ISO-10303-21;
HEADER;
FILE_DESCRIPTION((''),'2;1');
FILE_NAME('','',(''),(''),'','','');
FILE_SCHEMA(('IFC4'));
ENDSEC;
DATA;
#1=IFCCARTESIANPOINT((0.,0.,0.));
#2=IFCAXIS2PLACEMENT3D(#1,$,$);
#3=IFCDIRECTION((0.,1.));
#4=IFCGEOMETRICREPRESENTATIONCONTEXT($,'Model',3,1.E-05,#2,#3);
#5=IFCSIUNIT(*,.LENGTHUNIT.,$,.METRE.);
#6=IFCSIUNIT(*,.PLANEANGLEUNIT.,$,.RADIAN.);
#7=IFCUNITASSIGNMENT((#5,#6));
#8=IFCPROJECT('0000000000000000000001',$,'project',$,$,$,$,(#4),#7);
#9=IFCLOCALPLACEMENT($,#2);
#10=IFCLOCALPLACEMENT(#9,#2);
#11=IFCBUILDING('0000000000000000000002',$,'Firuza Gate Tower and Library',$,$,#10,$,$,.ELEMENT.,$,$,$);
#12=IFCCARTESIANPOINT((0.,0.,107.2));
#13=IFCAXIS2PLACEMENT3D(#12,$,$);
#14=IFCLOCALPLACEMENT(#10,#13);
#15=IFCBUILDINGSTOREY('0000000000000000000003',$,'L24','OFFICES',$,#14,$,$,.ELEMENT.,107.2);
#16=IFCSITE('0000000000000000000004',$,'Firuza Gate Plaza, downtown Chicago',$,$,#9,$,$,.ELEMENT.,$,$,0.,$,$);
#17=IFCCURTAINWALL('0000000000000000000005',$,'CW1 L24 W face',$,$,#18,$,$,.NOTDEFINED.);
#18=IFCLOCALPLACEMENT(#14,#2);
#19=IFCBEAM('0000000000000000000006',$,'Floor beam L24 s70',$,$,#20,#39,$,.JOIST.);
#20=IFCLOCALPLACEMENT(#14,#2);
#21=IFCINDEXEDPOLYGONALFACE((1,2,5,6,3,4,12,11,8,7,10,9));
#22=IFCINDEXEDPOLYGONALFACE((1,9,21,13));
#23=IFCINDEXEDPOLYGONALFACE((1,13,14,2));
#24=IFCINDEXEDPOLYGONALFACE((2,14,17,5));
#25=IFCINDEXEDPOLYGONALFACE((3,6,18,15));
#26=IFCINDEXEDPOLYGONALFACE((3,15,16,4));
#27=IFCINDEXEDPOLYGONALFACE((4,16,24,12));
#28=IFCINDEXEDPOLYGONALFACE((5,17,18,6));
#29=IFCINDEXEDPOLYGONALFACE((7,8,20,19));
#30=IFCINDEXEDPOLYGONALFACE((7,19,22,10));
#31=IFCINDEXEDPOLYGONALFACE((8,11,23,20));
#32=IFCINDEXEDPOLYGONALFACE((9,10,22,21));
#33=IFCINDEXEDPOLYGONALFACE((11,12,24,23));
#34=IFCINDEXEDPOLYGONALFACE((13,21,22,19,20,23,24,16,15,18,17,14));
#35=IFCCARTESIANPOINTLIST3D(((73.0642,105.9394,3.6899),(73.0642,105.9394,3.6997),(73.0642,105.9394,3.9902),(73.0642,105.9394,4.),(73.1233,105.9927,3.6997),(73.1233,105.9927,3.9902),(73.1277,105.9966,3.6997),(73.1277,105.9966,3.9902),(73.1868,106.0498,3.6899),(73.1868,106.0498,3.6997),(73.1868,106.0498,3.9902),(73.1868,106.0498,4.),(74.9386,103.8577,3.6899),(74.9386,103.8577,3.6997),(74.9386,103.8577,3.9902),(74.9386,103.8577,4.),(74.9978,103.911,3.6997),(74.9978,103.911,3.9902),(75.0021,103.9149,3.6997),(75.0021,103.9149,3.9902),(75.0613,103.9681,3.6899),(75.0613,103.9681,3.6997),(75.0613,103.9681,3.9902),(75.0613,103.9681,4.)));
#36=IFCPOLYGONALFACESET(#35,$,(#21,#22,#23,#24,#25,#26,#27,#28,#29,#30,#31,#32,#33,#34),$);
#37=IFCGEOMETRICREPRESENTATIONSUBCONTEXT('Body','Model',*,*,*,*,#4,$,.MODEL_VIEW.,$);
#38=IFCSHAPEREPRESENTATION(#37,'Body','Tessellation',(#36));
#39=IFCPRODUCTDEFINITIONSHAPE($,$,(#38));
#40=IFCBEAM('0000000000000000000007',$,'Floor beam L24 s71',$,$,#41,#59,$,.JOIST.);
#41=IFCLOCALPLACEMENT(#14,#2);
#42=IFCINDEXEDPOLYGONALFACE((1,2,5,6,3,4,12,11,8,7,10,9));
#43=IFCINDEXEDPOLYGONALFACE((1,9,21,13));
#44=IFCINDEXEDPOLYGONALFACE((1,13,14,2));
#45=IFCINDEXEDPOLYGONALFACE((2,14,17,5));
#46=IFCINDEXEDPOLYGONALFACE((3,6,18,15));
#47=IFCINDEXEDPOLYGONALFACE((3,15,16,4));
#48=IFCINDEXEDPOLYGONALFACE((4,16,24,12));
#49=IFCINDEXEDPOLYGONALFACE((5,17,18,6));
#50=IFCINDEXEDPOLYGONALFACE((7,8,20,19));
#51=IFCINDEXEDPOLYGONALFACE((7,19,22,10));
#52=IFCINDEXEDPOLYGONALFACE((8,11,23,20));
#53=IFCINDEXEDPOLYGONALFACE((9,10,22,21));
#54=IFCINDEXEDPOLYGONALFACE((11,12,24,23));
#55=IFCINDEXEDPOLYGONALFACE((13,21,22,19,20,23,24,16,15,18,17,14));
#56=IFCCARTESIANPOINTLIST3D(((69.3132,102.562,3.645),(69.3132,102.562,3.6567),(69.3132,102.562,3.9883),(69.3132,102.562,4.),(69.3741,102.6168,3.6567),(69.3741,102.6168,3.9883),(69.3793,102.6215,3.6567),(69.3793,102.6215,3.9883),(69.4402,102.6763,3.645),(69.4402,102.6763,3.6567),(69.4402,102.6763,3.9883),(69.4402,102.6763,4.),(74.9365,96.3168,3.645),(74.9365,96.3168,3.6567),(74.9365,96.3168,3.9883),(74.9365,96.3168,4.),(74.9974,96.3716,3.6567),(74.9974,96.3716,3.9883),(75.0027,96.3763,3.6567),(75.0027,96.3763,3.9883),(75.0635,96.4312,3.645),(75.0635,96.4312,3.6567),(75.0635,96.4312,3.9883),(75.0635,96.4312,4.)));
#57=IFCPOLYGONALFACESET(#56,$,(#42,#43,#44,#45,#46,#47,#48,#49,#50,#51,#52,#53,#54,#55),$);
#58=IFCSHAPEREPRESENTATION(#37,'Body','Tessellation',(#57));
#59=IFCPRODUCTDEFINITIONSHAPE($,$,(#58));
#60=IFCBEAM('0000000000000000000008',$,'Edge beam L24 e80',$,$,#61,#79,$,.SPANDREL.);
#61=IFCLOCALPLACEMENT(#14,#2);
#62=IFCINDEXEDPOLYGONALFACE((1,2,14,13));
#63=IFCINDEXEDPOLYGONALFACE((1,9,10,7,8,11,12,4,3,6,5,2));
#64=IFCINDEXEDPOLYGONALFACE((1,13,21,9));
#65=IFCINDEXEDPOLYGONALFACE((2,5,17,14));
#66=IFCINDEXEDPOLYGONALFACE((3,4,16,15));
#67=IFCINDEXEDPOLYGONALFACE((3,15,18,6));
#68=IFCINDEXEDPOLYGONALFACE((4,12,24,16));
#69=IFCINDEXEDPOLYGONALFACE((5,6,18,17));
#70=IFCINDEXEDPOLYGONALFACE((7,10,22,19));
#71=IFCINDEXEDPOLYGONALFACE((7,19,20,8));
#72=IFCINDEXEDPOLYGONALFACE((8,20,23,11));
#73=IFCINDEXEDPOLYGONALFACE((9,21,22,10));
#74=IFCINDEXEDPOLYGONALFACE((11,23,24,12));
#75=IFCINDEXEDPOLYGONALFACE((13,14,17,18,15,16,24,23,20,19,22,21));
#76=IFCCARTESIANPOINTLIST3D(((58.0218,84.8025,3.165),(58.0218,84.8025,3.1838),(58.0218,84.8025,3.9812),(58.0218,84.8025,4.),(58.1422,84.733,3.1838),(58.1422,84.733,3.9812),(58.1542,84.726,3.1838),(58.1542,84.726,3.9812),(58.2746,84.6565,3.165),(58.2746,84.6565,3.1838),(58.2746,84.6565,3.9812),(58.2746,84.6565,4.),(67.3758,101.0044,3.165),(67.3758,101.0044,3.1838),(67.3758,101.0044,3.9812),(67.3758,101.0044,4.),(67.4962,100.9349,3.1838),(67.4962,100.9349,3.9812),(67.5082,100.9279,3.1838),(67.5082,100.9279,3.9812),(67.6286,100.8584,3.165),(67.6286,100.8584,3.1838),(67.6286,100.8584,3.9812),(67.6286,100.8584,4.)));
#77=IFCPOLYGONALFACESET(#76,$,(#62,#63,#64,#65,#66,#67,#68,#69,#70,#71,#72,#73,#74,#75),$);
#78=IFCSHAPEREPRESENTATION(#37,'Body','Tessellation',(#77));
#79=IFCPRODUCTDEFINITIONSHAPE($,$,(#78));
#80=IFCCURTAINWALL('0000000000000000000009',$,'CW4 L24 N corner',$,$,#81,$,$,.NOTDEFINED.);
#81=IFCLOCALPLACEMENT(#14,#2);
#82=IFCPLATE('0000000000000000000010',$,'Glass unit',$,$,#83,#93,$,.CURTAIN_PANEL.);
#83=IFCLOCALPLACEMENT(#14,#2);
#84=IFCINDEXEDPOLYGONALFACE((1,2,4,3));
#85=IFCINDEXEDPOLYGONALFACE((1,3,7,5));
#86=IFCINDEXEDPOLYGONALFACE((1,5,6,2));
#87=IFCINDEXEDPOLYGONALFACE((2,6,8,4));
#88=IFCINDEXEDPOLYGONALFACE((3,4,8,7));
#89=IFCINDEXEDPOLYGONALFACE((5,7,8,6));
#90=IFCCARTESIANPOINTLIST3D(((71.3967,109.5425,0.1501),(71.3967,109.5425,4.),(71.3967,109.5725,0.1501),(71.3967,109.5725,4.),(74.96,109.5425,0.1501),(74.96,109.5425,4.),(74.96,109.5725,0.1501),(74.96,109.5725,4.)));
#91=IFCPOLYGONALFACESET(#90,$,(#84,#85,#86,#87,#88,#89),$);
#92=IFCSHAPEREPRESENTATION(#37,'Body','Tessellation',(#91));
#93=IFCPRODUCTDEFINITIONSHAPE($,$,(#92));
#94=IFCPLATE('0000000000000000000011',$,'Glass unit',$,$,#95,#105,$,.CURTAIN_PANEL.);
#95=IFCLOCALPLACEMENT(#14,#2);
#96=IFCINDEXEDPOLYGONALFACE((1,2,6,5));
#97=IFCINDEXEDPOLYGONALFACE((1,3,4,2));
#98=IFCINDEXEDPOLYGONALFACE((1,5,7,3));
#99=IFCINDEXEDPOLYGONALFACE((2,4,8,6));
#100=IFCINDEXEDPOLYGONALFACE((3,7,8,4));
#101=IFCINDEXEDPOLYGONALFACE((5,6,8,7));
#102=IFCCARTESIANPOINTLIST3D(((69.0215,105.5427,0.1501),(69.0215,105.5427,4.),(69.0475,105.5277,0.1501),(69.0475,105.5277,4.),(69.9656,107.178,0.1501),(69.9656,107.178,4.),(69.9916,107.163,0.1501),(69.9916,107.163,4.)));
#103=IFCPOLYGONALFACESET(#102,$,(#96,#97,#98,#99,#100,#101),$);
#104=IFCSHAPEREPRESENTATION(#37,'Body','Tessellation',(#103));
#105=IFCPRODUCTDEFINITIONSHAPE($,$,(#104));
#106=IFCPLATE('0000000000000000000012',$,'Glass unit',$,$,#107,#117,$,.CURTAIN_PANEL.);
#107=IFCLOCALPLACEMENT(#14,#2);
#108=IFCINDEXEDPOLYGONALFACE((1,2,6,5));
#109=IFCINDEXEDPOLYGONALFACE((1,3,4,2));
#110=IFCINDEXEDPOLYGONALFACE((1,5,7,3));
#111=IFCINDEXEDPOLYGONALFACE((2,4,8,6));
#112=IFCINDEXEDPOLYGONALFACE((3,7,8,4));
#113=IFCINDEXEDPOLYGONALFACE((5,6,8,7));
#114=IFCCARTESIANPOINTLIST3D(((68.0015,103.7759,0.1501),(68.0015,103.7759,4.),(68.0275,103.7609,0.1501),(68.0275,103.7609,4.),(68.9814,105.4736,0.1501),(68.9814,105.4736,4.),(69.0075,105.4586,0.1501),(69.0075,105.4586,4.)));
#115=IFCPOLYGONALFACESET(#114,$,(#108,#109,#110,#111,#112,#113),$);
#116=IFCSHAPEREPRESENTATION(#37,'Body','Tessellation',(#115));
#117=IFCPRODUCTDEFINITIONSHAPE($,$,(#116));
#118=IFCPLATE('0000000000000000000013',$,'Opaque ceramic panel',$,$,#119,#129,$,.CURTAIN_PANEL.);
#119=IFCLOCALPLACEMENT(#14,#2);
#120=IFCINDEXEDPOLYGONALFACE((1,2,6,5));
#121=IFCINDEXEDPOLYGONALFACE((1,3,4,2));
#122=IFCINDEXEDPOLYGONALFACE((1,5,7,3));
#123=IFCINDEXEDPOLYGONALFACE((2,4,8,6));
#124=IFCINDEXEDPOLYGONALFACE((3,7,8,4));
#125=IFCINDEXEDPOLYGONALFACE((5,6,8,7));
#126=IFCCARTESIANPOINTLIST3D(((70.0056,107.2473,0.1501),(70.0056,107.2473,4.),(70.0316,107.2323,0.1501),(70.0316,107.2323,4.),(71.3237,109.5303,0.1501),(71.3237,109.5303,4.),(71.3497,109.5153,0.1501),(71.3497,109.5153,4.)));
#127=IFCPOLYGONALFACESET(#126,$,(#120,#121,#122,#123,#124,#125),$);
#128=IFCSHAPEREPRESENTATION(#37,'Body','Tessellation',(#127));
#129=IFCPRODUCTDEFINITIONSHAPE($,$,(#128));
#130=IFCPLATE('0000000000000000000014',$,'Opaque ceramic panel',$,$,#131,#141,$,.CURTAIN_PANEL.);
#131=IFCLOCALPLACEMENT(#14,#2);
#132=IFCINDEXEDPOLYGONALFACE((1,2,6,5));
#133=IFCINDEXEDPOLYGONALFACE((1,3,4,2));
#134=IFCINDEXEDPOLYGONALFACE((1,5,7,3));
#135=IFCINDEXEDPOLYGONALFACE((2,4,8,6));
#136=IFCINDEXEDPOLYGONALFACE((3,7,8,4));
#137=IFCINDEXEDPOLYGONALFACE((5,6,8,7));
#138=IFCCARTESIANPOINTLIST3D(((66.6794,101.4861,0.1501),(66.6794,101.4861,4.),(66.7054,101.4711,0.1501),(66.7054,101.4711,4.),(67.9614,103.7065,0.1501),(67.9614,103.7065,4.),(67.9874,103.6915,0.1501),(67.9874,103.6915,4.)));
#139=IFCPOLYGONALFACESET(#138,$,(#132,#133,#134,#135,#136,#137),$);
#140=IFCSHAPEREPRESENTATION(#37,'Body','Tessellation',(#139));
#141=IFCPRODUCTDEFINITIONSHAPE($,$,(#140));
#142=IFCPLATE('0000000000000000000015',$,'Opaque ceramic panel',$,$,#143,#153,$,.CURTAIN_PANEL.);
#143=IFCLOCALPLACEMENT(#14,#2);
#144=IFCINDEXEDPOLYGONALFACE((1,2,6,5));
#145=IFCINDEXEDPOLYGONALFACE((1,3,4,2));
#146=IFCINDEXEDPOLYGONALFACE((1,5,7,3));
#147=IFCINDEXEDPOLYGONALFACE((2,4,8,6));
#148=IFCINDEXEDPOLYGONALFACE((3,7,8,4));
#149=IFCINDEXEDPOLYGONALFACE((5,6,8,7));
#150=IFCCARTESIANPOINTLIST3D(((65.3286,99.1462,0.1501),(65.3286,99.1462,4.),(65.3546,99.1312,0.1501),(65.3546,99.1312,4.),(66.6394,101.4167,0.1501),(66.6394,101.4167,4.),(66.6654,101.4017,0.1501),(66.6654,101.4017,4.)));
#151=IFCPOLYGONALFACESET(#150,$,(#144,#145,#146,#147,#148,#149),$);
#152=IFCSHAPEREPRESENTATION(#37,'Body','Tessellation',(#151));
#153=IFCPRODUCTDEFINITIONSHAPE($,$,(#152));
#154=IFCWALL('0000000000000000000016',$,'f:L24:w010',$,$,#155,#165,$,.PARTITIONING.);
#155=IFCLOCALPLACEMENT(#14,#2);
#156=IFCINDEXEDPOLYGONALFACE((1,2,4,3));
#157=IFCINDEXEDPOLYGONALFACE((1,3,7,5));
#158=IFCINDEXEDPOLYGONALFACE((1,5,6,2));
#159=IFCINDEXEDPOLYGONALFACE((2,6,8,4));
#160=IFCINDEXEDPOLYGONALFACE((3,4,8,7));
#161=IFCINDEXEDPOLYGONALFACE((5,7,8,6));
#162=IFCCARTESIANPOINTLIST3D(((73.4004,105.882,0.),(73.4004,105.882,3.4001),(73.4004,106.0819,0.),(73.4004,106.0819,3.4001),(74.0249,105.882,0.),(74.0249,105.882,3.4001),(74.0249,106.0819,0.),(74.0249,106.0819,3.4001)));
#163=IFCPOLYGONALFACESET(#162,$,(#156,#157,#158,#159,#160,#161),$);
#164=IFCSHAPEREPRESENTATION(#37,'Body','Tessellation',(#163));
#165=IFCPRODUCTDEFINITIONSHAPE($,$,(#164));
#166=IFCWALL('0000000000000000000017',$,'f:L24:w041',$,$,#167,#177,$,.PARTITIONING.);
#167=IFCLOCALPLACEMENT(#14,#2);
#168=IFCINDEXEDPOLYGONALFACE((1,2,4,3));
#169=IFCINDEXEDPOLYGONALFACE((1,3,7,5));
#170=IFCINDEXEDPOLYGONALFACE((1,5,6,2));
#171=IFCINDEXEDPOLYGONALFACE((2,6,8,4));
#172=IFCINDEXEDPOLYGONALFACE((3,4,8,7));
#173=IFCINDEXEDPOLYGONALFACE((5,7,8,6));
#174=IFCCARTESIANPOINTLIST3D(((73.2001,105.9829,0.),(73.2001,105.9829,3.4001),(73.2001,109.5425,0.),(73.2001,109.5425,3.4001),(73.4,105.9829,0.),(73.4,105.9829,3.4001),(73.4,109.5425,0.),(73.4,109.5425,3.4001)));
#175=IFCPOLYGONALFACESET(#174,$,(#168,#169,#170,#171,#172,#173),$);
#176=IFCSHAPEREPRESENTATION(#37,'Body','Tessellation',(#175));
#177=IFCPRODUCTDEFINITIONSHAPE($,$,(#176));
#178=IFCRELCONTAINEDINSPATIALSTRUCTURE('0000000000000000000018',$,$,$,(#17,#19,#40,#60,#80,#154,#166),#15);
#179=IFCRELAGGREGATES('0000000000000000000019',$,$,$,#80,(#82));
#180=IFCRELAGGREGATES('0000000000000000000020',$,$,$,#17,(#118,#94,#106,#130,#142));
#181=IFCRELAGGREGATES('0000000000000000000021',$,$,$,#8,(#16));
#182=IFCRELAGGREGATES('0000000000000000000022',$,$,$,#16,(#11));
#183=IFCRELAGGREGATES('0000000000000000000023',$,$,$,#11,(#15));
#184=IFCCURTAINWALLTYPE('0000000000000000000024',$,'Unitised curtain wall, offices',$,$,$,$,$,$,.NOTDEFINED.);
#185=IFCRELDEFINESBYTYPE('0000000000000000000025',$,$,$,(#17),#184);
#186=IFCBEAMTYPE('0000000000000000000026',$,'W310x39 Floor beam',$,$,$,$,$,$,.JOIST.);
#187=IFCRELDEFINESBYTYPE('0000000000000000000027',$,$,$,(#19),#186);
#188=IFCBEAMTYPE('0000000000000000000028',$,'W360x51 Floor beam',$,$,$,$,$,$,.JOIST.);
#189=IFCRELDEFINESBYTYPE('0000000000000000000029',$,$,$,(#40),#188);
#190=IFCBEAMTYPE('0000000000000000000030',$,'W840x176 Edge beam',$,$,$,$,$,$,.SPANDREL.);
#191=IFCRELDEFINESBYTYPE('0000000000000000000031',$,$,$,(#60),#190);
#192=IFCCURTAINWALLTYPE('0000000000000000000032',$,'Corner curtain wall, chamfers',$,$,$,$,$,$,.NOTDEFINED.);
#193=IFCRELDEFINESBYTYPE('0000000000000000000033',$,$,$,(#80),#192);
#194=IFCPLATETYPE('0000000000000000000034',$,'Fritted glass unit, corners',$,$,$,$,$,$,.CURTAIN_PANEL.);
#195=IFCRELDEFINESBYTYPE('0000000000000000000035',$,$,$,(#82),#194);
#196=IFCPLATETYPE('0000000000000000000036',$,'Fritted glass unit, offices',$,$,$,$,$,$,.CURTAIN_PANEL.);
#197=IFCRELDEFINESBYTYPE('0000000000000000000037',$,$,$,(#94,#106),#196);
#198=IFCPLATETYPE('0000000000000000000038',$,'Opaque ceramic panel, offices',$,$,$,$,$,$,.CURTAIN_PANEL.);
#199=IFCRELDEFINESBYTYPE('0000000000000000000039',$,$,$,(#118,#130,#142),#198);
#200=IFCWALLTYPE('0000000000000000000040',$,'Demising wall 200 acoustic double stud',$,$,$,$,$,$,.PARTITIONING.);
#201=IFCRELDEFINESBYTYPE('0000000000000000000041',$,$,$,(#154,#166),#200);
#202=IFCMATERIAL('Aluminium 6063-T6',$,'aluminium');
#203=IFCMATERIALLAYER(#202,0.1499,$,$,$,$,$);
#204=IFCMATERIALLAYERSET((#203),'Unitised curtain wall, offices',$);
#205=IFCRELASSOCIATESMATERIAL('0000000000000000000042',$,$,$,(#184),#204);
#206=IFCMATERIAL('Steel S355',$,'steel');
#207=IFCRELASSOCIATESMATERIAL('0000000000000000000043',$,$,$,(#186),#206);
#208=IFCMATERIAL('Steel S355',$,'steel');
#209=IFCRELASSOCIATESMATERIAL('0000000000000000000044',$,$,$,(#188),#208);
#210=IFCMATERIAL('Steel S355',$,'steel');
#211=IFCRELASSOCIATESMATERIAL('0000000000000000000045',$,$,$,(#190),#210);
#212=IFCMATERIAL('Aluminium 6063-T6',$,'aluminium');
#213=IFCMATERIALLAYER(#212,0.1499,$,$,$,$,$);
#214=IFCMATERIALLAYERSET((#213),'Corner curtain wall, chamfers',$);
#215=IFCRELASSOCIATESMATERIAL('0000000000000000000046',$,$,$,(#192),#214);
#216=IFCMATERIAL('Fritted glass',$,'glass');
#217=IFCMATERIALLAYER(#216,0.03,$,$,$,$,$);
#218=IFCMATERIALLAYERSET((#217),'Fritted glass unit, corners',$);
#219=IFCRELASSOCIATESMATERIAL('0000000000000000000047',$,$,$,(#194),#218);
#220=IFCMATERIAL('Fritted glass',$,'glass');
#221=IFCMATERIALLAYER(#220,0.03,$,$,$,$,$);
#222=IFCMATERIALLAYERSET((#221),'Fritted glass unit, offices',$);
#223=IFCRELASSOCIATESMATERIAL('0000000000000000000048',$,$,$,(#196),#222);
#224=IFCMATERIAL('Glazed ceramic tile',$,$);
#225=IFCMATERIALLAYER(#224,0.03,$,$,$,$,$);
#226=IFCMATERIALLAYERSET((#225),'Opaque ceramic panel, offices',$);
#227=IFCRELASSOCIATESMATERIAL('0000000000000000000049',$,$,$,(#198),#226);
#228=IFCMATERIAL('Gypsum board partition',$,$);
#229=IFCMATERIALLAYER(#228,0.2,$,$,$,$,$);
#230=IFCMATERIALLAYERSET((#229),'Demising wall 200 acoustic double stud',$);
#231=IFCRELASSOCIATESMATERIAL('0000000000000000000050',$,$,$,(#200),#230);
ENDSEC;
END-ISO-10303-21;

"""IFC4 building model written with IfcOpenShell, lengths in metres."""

from ifc_helpers import new_model, si_unit, direction, frame, frame_2d, origin, origin_2d, place, context, subcontext, project, spatial, polyline, rectangle, i_section, outline, extrude, material, layer, layer_set, material_profile, profile_set, type_object, element, aggregate, save


model = new_model("IFC4")

# Units and contexts
model_context = context("Model", 3, precision=1e-05, world=origin(), true_north=direction((0.0, 1.0)))
body_context = subcontext(model_context, "Body", "Model", "MODEL_VIEW")
ifc_project = project(units=[si_unit("LENGTHUNIT", "METRE"), si_unit("PLANEANGLEUNIT", "RADIAN")], contexts=[model_context])

# Site, building, storey
site_placement = place(None, origin())
site = spatial("IfcSite", under=ifc_project, at=site_placement, Name="Firuza Gate Plaza, downtown Chicago", CompositionType="ELEMENT", RefElevation=0.0)
building_placement = place(site_placement, origin())
building = spatial("IfcBuilding", under=site, at=building_placement, Name="Firuza Gate Tower and Library", CompositionType="ELEMENT")
storey_placement = place(building_placement, frame((0.0, 0.0, 107.2)))
storey = spatial("IfcBuildingStorey", under=building, at=storey_placement, Name="L24", Description="OFFICES", CompositionType="ELEMENT", Elevation=107.2)

# Curtain wall
ifc_material_1 = material(Name="Aluminium 6063-T6", Category="aluminium")
ifc_layer_1 = layer(ifc_material_1, 0.1499)
ifc_layer_set_1 = layer_set([ifc_layer_1], Name="Unitised curtain wall, offices")
curtain_wall_type_1 = type_object("IfcCurtainWallType", Name="Unitised curtain wall, offices", PredefinedType="NOTDEFINED", material=ifc_layer_set_1)
placement = place(storey_placement, origin())
curtain_wall_1 = element("IfcCurtainWall", 1, at=placement, inside=storey, type_object=curtain_wall_type_1, Name="CW1 L24 W face", PredefinedType="NOTDEFINED")

# Beams
ifc_material_2 = material(Name="Steel S355", Category="steel")
ifc_material_profile_1 = material_profile(ifc_material_2, i_section(OverallWidth=0.165, OverallDepth=0.3101, WebThickness=0.0059, FlangeThickness=0.0098, at=origin_2d()))
ifc_profile_set_1 = profile_set([ifc_material_profile_1], Name="Steel S355")
beam_type_1 = type_object("IfcBeamType", Name="W310x39 Floor beam", PredefinedType="JOIST", material=ifc_profile_set_1)
beam_1_placement = place(storey_placement, frame((73.1255, 105.9946, 3.845), z_axis=(0.669143, -0.743134, 0.0), x_axis=(0.743134, 0.669143, 0.0)))
element("IfcBeam", 2, at=beam_1_placement, inside=storey, type_object=beam_type_1, Name="Floor beam L24 s70", PredefinedType="JOIST", context=body_context, shape_type="SweptSolid", body=[
    extrude(i_section(OverallWidth=0.165, OverallDepth=0.3101, WebThickness=0.0059, FlangeThickness=0.0098, at=origin_2d()), origin(), (0.0, 0.0, 1.0), 2.8013),
])
ifc_material_3 = material(Name="Steel S355", Category="steel")
ifc_material_profile_2 = material_profile(ifc_material_3, i_section(OverallWidth=0.1709, OverallDepth=0.355, WebThickness=0.0071, FlangeThickness=0.0117, at=origin_2d()))
ifc_profile_set_2 = profile_set([ifc_material_profile_2], Name="Steel S355")
beam_type_2 = type_object("IfcBeamType", Name="W360x51 Floor beam", PredefinedType="JOIST", material=ifc_profile_set_2)
beam_2_placement = place(storey_placement, frame((69.3767, 102.6191, 3.8225), z_axis=(0.669141, -0.743135, 0.0), x_axis=(0.743135, 0.669141, 0.0)))
element("IfcBeam", 3, at=beam_2_placement, inside=storey, type_object=beam_type_2, Name="Floor beam L24 s71", PredefinedType="JOIST", context=body_context, shape_type="SweptSolid", body=[
    extrude(i_section(OverallWidth=0.1709, OverallDepth=0.355, WebThickness=0.0071, FlangeThickness=0.0117, at=origin_2d()), origin(), (0.0, 0.0, 1.0), 8.4038),
])
ifc_material_4 = material(Name="Steel S355", Category="steel")
ifc_material_profile_3 = material_profile(ifc_material_4, i_section(OverallWidth=0.292, OverallDepth=0.835, WebThickness=0.0139, FlangeThickness=0.0188, at=origin_2d()))
ifc_profile_set_3 = profile_set([ifc_material_profile_3], Name="Steel S355")
beam_type_3 = type_object("IfcBeamType", Name="W840x176 Edge beam", PredefinedType="SPANDREL", material=ifc_profile_set_3)
beam_3_placement = place(storey_placement, frame((67.5022, 100.9314, 3.5825), z_axis=(-0.499993, -0.866029, 0.0), x_axis=(0.866029, -0.499993, 0.0)))
element("IfcBeam", 4, at=beam_3_placement, inside=storey, type_object=beam_type_3, Name="Edge beam L24 e80", PredefinedType="SPANDREL", context=body_context, shape_type="SweptSolid", body=[
    extrude(i_section(OverallWidth=0.292, OverallDepth=0.835, WebThickness=0.0139, FlangeThickness=0.0188, at=origin_2d()), origin(), (0.0, 0.0, 1.0), 18.7083),
])

# Curtain wall, plate
ifc_material_5 = material(Name="Aluminium 6063-T6", Category="aluminium")
ifc_layer_2 = layer(ifc_material_5, 0.1499)
ifc_layer_set_2 = layer_set([ifc_layer_2], Name="Corner curtain wall, chamfers")
curtain_wall_type_2 = type_object("IfcCurtainWallType", Name="Corner curtain wall, chamfers", PredefinedType="NOTDEFINED", material=ifc_layer_set_2)
curtain_wall_2 = element("IfcCurtainWall", 5, at=placement, inside=storey, type_object=curtain_wall_type_2, Name="CW4 L24 N corner", PredefinedType="NOTDEFINED")
ifc_material_6 = material(Name="Fritted glass", Category="glass")
ifc_layer_3 = layer(ifc_material_6, 0.03)
ifc_layer_set_3 = layer_set([ifc_layer_3], Name="Fritted glass unit, corners")
plate_type_1 = type_object("IfcPlateType", Name="Fritted glass unit, corners", PredefinedType="CURTAIN_PANEL", material=ifc_layer_set_3)
plate_1_placement = place(storey_placement, frame((74.96, 109.5725, 0.1501), z_axis=(0.0, 1.0, 0.0), x_axis=(-1.0, 0.0, 0.0)))
plate_1 = element("IfcPlate", 6, at=plate_1_placement, type_object=plate_type_1, Name="Glass unit", PredefinedType="CURTAIN_PANEL", context=body_context, shape_type="SweptSolid", body=[
    extrude(outline(polyline([(0.0, 0.0), (3.5632, 0.0), (3.5632, 3.8499), (0.0, 3.8499), (0.0, 0.0)])), origin(), (0.0, 0.0, -1.0), 0.03),
])
aggregate(curtain_wall_2, [plate_1])

# Plates
ifc_material_7 = material(Name="Fritted glass", Category="glass")
ifc_layer_4 = layer(ifc_material_7, 0.03)
ifc_layer_set_4 = layer_set([ifc_layer_4], Name="Fritted glass unit, offices")
plate_type_2 = type_object("IfcPlateType", Name="Fritted glass unit, offices", PredefinedType="CURTAIN_PANEL", material=ifc_layer_set_4)
plate_2_placement = place(storey_placement, frame((69.9656, 107.178, 0.1501), z_axis=(-0.866031, 0.499991, 0.0), x_axis=(-0.499991, -0.866031, 0.0)))
plate_2 = element("IfcPlate", 7, at=plate_2_placement, type_object=plate_type_2, Name="Glass unit", PredefinedType="CURTAIN_PANEL", context=body_context, shape_type="SweptSolid", body=[
    extrude(outline(polyline([(0.0, 0.0), (1.8882, 0.0), (1.8882, 3.8499), (0.0, 3.8499), (0.0, 0.0)])), origin(), (0.0, 0.0, -1.0), 0.03),
])
plate_3_placement = place(storey_placement, frame((68.9814, 105.4736, 0.1501), z_axis=(-0.866074, 0.499917, 0.0), x_axis=(-0.499917, -0.866074, 0.0)))
plate_3 = element("IfcPlate", 8, at=plate_3_placement, type_object=plate_type_2, Name="Glass unit", PredefinedType="CURTAIN_PANEL", context=body_context, shape_type="SweptSolid", body=[
    extrude(outline(polyline([(0.0, 0.0), (1.9603, 0.0), (1.9603, 3.8499), (0.0, 3.8499), (0.0, 0.0)])), origin(), (0.0, 0.0, -1.0), 0.03),
])
ifc_material_8 = material(Name="Glazed ceramic tile")
ifc_layer_5 = layer(ifc_material_8, 0.03)
ifc_layer_set_5 = layer_set([ifc_layer_5], Name="Opaque ceramic panel, offices")
plate_type_3 = type_object("IfcPlateType", Name="Opaque ceramic panel, offices", PredefinedType="CURTAIN_PANEL", material=ifc_layer_set_5)
plate_4_placement = place(storey_placement, frame((71.3237, 109.5303, 0.1501), z_axis=(-0.866017, 0.500014, 0.0), x_axis=(-0.500014, -0.866017, 0.0)))
plate_4 = element("IfcPlate", 9, at=plate_4_placement, type_object=plate_type_3, Name="Opaque ceramic panel", PredefinedType="CURTAIN_PANEL", context=body_context, shape_type="SweptSolid", body=[
    extrude(outline(polyline([(0.0, 0.0), (2.6362, 0.0), (2.6362, 3.8499), (0.0, 3.8499), (0.0, 0.0)])), origin(), (0.0, 0.0, -1.0), 0.03),
])
plate_5_placement = place(storey_placement, frame((67.9614, 103.7065, 0.1501), z_axis=(-0.866025, 0.5, 0.0), x_axis=(-0.5, -0.866025, 0.0)))
plate_5 = element("IfcPlate", 10, at=plate_5_placement, type_object=plate_type_3, Name="Opaque ceramic panel", PredefinedType="CURTAIN_PANEL", context=body_context, shape_type="SweptSolid", body=[
    extrude(outline(polyline([(0.0, 0.0), (2.564, 0.0), (2.564, 3.8499), (0.0, 3.8499), (0.0, 0.0)])), origin(), (0.0, 0.0, -1.0), 0.03),
])
plate_6_placement = place(storey_placement, frame((66.6394, 101.4167, 0.1501), z_axis=(-0.86604, 0.499975, 0.0), x_axis=(-0.499975, -0.86604, 0.0)))
plate_6 = element("IfcPlate", 11, at=plate_6_placement, type_object=plate_type_3, Name="Opaque ceramic panel", PredefinedType="CURTAIN_PANEL", context=body_context, shape_type="SweptSolid", body=[
    extrude(outline(polyline([(0.0, 0.0), (2.6217, 0.0), (2.6217, 3.8499), (0.0, 3.8499), (0.0, 0.0)])), origin(), (0.0, 0.0, -1.0), 0.03),
])
aggregate(curtain_wall_1, [plate_4, plate_2, plate_3, plate_5, plate_6])

# Walls
ifc_material_9 = material(Name="Gypsum board partition")
ifc_layer_6 = layer(ifc_material_9, 0.2)
ifc_layer_set_6 = layer_set([ifc_layer_6], Name="Demising wall 200 acoustic double stud")
wall_type_1 = type_object("IfcWallType", Name="Demising wall 200 acoustic double stud", PredefinedType="PARTITIONING", material=ifc_layer_set_6)
wall_1_placement = place(storey_placement, frame((73.4004, 105.9819, 0.0), z_axis=(0.0, 0.0, 1.0), x_axis=(1.0, 0.0, 0.0)))
element("IfcWall", 12, at=wall_1_placement, inside=storey, type_object=wall_type_1, Name="f:L24:w010", PredefinedType="PARTITIONING", context=body_context, shape_type="SweptSolid", body=[
    extrude(rectangle(XDim=0.6245, YDim=0.2, at=frame_2d((0.3123, 0.0))), origin(), (0.0, 0.0, 1.0), 3.4001),
])
wall_2_placement = place(storey_placement, frame((73.3, 105.9829, 0.0), z_axis=(0.0, 0.0, 1.0), x_axis=(0.0, 1.0, 0.0)))
element("IfcWall", 13, at=wall_2_placement, inside=storey, type_object=wall_type_1, Name="f:L24:w041", PredefinedType="PARTITIONING", context=body_context, shape_type="SweptSolid", body=[
    extrude(rectangle(XDim=3.5596, YDim=0.2, at=frame_2d((1.7798, 0.0))), origin(), (0.0, 0.0, 1.0), 3.4001),
])

save(model, "model.ifc")
